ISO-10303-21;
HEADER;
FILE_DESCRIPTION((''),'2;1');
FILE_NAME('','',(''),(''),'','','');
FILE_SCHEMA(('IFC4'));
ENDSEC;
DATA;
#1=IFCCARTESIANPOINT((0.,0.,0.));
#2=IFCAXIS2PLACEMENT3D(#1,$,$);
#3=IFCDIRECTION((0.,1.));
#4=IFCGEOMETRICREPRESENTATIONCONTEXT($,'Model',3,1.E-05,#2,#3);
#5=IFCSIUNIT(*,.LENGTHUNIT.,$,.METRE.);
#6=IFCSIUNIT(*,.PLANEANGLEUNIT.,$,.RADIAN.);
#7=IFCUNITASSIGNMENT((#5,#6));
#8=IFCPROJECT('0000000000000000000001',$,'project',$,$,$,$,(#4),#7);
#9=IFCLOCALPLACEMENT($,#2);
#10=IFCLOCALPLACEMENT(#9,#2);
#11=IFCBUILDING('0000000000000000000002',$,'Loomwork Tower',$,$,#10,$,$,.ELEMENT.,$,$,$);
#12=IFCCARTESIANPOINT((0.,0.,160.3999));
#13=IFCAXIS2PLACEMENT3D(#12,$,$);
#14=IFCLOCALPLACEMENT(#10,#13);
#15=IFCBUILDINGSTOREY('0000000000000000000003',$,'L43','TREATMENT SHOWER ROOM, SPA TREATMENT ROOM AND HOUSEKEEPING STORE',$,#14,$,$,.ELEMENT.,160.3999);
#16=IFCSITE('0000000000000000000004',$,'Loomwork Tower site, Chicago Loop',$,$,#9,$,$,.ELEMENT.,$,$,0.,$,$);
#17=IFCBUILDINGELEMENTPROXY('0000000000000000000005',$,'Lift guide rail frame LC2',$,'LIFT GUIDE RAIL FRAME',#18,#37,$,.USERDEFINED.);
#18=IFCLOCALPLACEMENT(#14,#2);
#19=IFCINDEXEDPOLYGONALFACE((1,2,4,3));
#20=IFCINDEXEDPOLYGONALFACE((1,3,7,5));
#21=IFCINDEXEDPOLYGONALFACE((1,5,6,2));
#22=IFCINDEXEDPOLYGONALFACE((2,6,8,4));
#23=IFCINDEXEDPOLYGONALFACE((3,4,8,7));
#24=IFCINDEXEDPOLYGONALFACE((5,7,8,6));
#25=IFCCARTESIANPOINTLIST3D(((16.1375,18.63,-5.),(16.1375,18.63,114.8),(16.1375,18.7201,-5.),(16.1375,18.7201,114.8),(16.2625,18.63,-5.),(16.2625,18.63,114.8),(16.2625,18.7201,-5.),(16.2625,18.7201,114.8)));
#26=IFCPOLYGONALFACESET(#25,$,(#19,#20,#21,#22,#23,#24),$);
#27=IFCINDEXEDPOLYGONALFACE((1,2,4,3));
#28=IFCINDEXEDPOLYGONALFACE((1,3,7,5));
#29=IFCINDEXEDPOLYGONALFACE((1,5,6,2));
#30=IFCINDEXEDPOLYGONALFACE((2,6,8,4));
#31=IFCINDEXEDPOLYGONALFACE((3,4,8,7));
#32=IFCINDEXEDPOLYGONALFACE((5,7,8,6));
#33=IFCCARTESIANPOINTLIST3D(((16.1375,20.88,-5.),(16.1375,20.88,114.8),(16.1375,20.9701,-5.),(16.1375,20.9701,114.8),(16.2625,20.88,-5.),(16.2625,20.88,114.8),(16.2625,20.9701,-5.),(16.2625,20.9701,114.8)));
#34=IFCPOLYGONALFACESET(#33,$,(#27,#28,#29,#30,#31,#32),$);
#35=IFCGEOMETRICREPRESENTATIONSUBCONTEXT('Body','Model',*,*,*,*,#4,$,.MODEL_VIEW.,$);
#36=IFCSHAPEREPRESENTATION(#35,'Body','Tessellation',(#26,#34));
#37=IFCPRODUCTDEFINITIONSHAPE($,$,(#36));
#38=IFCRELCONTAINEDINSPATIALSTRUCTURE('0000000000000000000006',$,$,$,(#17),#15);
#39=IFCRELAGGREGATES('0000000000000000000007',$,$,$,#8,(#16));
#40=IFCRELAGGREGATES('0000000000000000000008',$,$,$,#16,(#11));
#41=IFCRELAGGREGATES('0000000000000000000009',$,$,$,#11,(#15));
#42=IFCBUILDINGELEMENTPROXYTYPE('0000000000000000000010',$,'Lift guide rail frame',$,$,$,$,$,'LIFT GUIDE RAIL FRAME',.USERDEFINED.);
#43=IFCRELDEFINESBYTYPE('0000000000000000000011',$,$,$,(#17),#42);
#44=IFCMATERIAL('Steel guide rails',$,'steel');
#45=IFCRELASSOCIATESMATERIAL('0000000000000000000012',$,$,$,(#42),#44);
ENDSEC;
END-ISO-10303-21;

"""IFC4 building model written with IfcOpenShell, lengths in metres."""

from ifc_helpers import new_model, si_unit, direction, frame, frame_2d, origin, place, context, subcontext, project, spatial, rectangle, extrude, material, type_object, element, save


model = new_model("IFC4")

# Units and contexts
model_context = context("Model", 3, precision=1e-05, world=origin(), true_north=direction((0.0, 1.0)))
body_context = subcontext(model_context, "Body", "Model", "MODEL_VIEW")
ifc_project = project(units=[si_unit("LENGTHUNIT", "METRE"), si_unit("PLANEANGLEUNIT", "RADIAN")], contexts=[model_context])

# Site, building, storey
site_placement = place(None, origin())
site = spatial("IfcSite", under=ifc_project, at=site_placement, Name="Loomwork Tower site, Chicago Loop", CompositionType="ELEMENT", RefElevation=0.0)
building_placement = place(site_placement, origin())
building = spatial("IfcBuilding", under=site, at=building_placement, Name="Loomwork Tower", CompositionType="ELEMENT")
storey_placement = place(building_placement, frame((0.0, 0.0, 160.3999)))
storey = spatial("IfcBuildingStorey", under=building, at=storey_placement, Name="L43", Description="TREATMENT SHOWER ROOM, SPA TREATMENT ROOM AND HOUSEKEEPING STORE", CompositionType="ELEMENT", Elevation=160.3999)

# Building element proxy
ifc_material_1 = material(Name="Steel guide rails", Category="steel")
building_element_proxy_type = type_object("IfcBuildingElementProxyType", Name="Lift guide rail frame", ElementType="LIFT GUIDE RAIL FRAME", PredefinedType="USERDEFINED", material=ifc_material_1)
proxy_placement = place(storey_placement, frame((16.2, 19.8, -5.0), z_axis=(0.0, 0.0, 1.0), x_axis=(0.0, 1.0, 0.0)))
element("IfcBuildingElementProxy", 1, at=proxy_placement, inside=storey, type_object=building_element_proxy_type, Name="Lift guide rail frame LC2", ObjectType="LIFT GUIDE RAIL FRAME", PredefinedType="USERDEFINED", context=body_context, shape_type="SweptSolid", body=[
    extrude(rectangle(XDim=0.0901, YDim=0.125, at=frame_2d((-1.125, 0.0))), origin(), (0.0, 0.0, 1.0), 119.8),
    extrude(rectangle(XDim=0.0901, YDim=0.125, at=frame_2d((1.125, 0.0))), origin(), (0.0, 0.0, 1.0), 119.8),
])

save(model, "model.ifc")
